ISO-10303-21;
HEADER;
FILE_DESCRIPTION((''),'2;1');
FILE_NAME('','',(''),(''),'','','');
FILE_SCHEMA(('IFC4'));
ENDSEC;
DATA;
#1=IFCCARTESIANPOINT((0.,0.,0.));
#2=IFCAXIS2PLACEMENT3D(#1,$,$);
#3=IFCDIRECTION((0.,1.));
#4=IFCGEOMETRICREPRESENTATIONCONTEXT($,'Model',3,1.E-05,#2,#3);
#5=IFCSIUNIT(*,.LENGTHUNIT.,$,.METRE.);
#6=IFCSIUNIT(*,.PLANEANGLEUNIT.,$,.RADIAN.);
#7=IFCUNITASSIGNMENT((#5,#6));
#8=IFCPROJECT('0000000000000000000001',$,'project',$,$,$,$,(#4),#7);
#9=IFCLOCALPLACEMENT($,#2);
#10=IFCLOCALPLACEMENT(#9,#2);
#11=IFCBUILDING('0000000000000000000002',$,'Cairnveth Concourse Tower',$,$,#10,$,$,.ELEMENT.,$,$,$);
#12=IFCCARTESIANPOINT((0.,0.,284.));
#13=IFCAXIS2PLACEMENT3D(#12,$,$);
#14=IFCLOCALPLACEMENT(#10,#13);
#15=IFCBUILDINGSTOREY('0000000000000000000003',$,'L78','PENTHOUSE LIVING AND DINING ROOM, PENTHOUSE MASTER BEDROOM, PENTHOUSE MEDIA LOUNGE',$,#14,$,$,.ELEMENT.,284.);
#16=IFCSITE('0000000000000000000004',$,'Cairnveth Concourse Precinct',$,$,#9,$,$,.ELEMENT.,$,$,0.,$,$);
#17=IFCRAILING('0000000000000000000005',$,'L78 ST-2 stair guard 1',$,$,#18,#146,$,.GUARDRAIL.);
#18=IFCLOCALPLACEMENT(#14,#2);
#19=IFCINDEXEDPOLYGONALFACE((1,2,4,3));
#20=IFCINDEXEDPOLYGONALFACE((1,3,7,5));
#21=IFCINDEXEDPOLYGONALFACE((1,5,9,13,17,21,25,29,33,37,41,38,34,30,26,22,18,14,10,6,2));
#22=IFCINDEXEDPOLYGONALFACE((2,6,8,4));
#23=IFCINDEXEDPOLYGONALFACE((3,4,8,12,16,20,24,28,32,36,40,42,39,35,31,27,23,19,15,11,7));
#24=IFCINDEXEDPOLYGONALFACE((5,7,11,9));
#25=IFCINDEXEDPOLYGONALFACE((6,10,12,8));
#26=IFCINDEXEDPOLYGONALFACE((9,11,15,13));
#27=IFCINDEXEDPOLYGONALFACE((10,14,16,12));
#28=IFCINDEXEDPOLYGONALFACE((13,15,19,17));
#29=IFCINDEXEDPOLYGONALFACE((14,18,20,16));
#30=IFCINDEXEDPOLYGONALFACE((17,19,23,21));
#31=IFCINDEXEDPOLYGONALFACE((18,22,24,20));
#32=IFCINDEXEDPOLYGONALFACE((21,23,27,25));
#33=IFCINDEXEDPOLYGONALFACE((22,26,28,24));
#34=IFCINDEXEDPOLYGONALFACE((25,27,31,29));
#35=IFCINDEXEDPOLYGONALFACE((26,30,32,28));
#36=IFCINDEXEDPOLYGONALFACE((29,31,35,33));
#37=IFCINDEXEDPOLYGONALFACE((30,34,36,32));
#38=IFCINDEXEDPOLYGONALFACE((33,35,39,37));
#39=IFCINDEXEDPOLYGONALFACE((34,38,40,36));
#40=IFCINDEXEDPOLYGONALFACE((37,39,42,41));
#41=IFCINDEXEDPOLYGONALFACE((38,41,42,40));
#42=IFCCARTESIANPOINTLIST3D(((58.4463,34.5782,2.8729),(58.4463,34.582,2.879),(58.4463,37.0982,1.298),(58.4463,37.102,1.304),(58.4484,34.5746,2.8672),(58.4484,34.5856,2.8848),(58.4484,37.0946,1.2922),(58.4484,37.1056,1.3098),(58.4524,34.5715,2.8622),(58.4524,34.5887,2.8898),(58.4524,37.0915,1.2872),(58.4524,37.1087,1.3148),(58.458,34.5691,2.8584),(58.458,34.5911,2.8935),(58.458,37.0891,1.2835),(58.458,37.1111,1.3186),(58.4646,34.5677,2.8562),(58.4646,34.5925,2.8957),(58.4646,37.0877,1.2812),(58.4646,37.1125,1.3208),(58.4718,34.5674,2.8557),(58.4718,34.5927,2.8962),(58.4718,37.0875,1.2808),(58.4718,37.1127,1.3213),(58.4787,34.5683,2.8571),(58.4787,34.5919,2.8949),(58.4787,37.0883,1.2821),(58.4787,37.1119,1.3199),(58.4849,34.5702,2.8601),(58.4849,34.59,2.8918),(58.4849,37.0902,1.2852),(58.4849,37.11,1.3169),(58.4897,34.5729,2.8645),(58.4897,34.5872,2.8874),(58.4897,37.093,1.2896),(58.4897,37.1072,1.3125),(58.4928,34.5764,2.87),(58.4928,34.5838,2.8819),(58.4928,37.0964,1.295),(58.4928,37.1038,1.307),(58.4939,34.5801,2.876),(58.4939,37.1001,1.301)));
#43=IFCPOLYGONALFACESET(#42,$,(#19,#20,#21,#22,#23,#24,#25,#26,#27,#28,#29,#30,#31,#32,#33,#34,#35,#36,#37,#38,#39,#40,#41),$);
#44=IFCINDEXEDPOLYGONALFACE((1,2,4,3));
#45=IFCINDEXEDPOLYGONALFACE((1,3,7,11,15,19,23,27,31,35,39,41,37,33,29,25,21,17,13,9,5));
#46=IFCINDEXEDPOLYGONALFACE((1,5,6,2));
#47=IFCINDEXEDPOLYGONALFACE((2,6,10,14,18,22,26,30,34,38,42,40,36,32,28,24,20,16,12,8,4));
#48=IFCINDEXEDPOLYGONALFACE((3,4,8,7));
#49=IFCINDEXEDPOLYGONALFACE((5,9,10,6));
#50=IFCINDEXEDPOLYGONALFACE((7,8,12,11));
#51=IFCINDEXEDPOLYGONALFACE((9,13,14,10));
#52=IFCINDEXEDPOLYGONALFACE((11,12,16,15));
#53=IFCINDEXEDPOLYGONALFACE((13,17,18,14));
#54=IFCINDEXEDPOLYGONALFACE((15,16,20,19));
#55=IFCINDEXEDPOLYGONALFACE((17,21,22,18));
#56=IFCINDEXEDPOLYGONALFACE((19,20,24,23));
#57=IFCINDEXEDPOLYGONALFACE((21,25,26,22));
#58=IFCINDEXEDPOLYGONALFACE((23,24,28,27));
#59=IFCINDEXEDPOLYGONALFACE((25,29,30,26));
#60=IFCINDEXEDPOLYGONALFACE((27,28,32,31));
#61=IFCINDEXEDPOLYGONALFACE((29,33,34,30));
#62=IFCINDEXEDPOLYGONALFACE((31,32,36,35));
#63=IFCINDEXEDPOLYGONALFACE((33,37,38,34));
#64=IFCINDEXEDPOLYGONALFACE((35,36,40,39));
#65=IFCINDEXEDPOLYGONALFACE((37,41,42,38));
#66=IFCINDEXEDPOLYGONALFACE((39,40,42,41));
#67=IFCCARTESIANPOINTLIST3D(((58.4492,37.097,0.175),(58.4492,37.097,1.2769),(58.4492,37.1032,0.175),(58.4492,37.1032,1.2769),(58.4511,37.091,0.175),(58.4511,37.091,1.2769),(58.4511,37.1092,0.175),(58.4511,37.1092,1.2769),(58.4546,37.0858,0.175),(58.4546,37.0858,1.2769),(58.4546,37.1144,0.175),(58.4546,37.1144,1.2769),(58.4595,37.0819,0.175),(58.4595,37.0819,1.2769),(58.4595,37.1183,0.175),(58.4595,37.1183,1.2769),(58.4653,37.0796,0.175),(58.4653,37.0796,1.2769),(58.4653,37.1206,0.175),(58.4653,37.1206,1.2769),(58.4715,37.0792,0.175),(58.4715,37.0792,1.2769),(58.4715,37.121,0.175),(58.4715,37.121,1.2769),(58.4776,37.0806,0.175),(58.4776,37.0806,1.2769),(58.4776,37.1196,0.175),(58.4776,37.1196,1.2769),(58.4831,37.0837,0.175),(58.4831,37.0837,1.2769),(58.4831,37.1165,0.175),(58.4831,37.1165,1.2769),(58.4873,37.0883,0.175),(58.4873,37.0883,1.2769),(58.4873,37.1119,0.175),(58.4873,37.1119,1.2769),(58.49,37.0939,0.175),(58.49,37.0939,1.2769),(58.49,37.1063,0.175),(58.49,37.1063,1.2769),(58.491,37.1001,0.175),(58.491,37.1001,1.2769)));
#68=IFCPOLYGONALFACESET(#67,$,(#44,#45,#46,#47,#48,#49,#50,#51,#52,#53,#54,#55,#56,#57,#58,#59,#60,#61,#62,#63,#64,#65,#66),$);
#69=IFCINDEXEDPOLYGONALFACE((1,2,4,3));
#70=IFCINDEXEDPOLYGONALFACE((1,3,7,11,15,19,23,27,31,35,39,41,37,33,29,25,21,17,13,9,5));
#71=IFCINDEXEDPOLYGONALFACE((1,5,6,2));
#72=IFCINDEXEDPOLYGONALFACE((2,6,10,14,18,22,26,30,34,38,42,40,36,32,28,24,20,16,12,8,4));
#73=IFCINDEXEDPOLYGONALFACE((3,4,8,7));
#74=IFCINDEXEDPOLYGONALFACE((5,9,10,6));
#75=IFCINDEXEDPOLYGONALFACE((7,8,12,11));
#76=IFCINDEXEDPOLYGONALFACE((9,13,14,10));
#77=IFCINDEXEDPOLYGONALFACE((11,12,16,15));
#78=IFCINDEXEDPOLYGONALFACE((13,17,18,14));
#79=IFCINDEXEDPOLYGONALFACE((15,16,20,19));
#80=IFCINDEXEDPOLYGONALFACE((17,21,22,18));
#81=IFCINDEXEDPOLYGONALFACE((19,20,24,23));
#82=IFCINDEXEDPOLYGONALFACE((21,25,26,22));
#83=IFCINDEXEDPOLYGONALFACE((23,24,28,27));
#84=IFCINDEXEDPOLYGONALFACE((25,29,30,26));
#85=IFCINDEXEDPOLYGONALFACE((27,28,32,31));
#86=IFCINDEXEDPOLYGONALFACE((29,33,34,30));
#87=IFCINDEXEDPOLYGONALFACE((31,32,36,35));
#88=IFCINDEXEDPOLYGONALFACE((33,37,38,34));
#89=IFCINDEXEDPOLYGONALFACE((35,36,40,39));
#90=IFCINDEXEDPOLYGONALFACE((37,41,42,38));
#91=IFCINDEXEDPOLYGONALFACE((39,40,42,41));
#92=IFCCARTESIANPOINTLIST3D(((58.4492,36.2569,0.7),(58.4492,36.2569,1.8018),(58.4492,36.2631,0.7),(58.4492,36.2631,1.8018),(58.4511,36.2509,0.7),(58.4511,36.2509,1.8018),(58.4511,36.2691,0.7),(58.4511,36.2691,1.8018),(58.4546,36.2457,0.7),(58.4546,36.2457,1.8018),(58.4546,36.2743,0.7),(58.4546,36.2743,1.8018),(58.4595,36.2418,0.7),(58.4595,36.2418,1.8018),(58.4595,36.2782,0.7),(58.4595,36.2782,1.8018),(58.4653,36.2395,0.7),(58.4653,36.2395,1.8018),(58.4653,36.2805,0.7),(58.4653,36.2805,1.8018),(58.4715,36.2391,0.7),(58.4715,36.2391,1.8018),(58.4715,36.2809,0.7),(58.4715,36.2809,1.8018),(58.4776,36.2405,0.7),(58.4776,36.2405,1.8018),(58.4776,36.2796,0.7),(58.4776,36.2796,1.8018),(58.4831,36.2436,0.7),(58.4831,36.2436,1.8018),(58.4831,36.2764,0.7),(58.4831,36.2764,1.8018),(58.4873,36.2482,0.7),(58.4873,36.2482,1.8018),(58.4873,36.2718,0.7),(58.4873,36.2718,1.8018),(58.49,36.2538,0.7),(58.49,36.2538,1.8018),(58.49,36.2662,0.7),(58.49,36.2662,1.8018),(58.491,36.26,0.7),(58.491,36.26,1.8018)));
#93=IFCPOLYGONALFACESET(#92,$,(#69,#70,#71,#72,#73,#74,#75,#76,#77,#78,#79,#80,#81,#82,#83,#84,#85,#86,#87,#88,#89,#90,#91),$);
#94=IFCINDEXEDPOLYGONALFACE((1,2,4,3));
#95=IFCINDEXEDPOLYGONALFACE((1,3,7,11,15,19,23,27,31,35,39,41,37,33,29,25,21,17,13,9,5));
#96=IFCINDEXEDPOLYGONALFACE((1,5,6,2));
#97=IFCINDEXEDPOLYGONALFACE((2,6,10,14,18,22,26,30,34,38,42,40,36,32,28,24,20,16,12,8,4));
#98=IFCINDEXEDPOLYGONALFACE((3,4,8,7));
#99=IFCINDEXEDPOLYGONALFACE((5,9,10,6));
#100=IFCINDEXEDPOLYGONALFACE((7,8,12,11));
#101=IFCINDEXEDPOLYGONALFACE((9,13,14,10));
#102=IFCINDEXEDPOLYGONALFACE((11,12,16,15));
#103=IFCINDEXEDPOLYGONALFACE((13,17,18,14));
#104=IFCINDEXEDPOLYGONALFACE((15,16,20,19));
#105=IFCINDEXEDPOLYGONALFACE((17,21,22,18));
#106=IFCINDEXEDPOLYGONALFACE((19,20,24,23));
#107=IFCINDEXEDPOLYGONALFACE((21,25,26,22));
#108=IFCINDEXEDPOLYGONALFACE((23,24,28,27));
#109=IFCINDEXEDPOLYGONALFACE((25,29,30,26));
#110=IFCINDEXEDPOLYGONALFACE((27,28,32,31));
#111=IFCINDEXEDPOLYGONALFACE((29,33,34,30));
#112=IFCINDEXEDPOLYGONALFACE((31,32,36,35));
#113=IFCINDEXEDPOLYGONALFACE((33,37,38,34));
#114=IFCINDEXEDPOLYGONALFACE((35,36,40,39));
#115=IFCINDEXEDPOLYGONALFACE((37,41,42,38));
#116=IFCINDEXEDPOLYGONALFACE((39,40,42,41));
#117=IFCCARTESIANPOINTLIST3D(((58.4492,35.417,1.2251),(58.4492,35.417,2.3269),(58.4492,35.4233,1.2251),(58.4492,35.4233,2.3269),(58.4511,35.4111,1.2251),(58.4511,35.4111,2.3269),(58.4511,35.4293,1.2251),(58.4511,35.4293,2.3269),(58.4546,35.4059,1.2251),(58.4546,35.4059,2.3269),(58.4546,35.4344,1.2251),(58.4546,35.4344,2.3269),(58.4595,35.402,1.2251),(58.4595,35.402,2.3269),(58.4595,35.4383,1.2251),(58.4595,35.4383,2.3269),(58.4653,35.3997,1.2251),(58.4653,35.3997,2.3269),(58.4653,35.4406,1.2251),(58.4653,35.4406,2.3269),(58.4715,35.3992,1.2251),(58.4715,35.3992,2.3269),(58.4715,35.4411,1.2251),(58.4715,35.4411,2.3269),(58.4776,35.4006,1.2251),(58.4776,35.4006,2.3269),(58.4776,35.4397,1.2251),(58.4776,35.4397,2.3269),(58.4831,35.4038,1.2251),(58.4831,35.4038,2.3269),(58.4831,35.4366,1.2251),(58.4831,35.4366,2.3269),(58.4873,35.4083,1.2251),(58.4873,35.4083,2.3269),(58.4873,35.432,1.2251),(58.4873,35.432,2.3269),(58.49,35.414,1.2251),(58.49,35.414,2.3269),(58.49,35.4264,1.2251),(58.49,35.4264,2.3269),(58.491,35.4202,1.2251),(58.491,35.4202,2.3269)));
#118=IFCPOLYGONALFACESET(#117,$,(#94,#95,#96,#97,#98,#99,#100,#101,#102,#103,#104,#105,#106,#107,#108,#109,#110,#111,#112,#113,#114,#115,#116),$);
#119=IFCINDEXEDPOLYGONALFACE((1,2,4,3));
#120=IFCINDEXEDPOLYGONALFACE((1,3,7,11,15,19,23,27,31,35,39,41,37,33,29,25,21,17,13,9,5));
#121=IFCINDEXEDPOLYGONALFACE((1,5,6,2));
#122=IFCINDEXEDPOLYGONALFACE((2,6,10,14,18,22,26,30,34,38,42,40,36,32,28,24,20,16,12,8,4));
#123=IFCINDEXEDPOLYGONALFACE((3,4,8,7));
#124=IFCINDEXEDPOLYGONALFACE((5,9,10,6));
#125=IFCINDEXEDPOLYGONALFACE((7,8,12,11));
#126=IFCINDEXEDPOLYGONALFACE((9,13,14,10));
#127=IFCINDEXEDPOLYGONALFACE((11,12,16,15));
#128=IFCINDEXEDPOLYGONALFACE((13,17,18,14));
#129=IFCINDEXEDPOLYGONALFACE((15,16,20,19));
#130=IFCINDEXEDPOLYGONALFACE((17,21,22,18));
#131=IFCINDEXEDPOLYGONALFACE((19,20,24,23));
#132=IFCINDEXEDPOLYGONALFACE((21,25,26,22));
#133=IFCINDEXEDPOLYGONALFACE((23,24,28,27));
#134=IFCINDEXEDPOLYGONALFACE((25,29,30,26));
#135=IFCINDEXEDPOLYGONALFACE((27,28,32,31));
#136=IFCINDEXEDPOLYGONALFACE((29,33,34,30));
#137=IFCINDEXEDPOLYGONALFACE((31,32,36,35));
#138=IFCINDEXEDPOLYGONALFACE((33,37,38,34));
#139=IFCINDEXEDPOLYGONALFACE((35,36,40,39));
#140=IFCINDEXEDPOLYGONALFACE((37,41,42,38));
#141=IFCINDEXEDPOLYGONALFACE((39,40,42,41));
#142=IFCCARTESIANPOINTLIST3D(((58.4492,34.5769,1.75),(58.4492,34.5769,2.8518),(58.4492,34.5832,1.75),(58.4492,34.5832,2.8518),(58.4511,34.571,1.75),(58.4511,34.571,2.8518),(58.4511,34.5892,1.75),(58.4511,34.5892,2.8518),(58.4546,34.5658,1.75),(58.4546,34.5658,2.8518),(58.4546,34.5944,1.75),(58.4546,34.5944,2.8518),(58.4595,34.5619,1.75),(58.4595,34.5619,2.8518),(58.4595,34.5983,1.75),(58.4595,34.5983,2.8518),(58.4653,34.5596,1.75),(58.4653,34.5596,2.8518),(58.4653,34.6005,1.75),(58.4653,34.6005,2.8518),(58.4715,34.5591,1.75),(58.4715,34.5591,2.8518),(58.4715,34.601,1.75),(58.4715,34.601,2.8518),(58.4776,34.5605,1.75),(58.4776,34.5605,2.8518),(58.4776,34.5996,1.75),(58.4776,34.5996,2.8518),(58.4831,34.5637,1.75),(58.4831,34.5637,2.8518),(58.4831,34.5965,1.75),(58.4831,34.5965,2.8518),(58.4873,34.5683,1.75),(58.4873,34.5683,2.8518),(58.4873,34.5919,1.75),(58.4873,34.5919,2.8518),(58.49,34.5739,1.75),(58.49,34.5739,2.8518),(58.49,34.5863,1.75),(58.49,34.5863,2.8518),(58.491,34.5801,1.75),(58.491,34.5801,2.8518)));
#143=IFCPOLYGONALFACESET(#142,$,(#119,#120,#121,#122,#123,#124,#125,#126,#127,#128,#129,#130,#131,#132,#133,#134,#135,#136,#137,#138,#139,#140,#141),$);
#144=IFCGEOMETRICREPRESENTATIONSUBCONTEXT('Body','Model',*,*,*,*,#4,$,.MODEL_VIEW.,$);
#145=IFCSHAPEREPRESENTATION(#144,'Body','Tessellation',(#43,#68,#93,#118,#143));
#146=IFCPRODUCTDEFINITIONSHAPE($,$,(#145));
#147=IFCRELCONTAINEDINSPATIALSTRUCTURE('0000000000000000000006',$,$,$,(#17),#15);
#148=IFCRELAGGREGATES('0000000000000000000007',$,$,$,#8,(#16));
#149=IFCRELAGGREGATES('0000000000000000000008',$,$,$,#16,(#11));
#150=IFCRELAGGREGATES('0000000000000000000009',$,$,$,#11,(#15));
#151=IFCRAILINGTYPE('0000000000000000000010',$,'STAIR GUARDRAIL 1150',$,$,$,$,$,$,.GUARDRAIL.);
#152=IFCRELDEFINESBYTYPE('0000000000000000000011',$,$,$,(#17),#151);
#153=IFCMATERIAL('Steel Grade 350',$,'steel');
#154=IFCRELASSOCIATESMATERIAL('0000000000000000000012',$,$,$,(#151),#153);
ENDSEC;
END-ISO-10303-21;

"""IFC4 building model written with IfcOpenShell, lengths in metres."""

from ifc_helpers import new_model, si_unit, direction, frame, origin, origin_2d, place, context, subcontext, project, spatial, circle, extrude, material, type_object, element, save


model = new_model("IFC4")

# Units and contexts
model_context = context("Model", 3, precision=1e-05, world=origin(), true_north=direction((0.0, 1.0)))
body_context = subcontext(model_context, "Body", "Model", "MODEL_VIEW")
ifc_project = project(units=[si_unit("LENGTHUNIT", "METRE"), si_unit("PLANEANGLEUNIT", "RADIAN")], contexts=[model_context])

# Site, building, storey
site_placement = place(None, origin())
site = spatial("IfcSite", under=ifc_project, at=site_placement, Name="Cairnveth Concourse Precinct", CompositionType="ELEMENT", RefElevation=0.0)
building_placement = place(site_placement, origin())
building = spatial("IfcBuilding", under=site, at=building_placement, Name="Cairnveth Concourse Tower", CompositionType="ELEMENT")
storey_placement = place(building_placement, frame((0.0, 0.0, 284.0)))
storey = spatial("IfcBuildingStorey", under=building, at=storey_placement, Name="L78", Description="PENTHOUSE LIVING AND DINING ROOM, PENTHOUSE MASTER BEDROOM, PENTHOUSE MEDIA LOUNGE", CompositionType="ELEMENT", Elevation=284.0)

# Shared definitions
ifc_material_1 = material(Name="Steel Grade 350", Category="steel")

# Railing
railing_type = type_object("IfcRailingType", Name="STAIR GUARDRAIL 1150", PredefinedType="GUARDRAIL", material=ifc_material_1)
railing_1_placement = place(storey_placement, frame((58.47, 37.1001, 0.175)))
element("IfcRailing", 1, at=railing_1_placement, inside=storey, type_object=railing_type, Name="L78 ST-2 stair guard 1", PredefinedType="GUARDRAIL", context=body_context, shape_type="SweptSolid", body=[
    extrude(circle(Radius=0.0239, at=origin_2d()), frame((0.0, 0.0, 1.126), z_axis=(0.0, -0.848008, 0.529984), x_axis=(1.0, 0.0, 0.0)), (0.0, 0.0, 1.0), 2.9717),
    extrude(circle(Radius=0.021, at=origin_2d()), origin(), (0.0, 0.0, 1.0), 1.1018),
    extrude(circle(Radius=0.021, at=origin_2d()), frame((0.0, -0.8401, 0.5249)), (0.0, 0.0, 1.0), 1.1018),
    extrude(circle(Radius=0.021, at=origin_2d()), frame((0.0, -1.6799, 1.05)), (0.0, 0.0, 1.0), 1.1018),
    extrude(circle(Radius=0.021, at=origin_2d()), frame((0.0, -2.52, 1.575)), (0.0, 0.0, 1.0), 1.1018),
])

save(model, "model.ifc")
